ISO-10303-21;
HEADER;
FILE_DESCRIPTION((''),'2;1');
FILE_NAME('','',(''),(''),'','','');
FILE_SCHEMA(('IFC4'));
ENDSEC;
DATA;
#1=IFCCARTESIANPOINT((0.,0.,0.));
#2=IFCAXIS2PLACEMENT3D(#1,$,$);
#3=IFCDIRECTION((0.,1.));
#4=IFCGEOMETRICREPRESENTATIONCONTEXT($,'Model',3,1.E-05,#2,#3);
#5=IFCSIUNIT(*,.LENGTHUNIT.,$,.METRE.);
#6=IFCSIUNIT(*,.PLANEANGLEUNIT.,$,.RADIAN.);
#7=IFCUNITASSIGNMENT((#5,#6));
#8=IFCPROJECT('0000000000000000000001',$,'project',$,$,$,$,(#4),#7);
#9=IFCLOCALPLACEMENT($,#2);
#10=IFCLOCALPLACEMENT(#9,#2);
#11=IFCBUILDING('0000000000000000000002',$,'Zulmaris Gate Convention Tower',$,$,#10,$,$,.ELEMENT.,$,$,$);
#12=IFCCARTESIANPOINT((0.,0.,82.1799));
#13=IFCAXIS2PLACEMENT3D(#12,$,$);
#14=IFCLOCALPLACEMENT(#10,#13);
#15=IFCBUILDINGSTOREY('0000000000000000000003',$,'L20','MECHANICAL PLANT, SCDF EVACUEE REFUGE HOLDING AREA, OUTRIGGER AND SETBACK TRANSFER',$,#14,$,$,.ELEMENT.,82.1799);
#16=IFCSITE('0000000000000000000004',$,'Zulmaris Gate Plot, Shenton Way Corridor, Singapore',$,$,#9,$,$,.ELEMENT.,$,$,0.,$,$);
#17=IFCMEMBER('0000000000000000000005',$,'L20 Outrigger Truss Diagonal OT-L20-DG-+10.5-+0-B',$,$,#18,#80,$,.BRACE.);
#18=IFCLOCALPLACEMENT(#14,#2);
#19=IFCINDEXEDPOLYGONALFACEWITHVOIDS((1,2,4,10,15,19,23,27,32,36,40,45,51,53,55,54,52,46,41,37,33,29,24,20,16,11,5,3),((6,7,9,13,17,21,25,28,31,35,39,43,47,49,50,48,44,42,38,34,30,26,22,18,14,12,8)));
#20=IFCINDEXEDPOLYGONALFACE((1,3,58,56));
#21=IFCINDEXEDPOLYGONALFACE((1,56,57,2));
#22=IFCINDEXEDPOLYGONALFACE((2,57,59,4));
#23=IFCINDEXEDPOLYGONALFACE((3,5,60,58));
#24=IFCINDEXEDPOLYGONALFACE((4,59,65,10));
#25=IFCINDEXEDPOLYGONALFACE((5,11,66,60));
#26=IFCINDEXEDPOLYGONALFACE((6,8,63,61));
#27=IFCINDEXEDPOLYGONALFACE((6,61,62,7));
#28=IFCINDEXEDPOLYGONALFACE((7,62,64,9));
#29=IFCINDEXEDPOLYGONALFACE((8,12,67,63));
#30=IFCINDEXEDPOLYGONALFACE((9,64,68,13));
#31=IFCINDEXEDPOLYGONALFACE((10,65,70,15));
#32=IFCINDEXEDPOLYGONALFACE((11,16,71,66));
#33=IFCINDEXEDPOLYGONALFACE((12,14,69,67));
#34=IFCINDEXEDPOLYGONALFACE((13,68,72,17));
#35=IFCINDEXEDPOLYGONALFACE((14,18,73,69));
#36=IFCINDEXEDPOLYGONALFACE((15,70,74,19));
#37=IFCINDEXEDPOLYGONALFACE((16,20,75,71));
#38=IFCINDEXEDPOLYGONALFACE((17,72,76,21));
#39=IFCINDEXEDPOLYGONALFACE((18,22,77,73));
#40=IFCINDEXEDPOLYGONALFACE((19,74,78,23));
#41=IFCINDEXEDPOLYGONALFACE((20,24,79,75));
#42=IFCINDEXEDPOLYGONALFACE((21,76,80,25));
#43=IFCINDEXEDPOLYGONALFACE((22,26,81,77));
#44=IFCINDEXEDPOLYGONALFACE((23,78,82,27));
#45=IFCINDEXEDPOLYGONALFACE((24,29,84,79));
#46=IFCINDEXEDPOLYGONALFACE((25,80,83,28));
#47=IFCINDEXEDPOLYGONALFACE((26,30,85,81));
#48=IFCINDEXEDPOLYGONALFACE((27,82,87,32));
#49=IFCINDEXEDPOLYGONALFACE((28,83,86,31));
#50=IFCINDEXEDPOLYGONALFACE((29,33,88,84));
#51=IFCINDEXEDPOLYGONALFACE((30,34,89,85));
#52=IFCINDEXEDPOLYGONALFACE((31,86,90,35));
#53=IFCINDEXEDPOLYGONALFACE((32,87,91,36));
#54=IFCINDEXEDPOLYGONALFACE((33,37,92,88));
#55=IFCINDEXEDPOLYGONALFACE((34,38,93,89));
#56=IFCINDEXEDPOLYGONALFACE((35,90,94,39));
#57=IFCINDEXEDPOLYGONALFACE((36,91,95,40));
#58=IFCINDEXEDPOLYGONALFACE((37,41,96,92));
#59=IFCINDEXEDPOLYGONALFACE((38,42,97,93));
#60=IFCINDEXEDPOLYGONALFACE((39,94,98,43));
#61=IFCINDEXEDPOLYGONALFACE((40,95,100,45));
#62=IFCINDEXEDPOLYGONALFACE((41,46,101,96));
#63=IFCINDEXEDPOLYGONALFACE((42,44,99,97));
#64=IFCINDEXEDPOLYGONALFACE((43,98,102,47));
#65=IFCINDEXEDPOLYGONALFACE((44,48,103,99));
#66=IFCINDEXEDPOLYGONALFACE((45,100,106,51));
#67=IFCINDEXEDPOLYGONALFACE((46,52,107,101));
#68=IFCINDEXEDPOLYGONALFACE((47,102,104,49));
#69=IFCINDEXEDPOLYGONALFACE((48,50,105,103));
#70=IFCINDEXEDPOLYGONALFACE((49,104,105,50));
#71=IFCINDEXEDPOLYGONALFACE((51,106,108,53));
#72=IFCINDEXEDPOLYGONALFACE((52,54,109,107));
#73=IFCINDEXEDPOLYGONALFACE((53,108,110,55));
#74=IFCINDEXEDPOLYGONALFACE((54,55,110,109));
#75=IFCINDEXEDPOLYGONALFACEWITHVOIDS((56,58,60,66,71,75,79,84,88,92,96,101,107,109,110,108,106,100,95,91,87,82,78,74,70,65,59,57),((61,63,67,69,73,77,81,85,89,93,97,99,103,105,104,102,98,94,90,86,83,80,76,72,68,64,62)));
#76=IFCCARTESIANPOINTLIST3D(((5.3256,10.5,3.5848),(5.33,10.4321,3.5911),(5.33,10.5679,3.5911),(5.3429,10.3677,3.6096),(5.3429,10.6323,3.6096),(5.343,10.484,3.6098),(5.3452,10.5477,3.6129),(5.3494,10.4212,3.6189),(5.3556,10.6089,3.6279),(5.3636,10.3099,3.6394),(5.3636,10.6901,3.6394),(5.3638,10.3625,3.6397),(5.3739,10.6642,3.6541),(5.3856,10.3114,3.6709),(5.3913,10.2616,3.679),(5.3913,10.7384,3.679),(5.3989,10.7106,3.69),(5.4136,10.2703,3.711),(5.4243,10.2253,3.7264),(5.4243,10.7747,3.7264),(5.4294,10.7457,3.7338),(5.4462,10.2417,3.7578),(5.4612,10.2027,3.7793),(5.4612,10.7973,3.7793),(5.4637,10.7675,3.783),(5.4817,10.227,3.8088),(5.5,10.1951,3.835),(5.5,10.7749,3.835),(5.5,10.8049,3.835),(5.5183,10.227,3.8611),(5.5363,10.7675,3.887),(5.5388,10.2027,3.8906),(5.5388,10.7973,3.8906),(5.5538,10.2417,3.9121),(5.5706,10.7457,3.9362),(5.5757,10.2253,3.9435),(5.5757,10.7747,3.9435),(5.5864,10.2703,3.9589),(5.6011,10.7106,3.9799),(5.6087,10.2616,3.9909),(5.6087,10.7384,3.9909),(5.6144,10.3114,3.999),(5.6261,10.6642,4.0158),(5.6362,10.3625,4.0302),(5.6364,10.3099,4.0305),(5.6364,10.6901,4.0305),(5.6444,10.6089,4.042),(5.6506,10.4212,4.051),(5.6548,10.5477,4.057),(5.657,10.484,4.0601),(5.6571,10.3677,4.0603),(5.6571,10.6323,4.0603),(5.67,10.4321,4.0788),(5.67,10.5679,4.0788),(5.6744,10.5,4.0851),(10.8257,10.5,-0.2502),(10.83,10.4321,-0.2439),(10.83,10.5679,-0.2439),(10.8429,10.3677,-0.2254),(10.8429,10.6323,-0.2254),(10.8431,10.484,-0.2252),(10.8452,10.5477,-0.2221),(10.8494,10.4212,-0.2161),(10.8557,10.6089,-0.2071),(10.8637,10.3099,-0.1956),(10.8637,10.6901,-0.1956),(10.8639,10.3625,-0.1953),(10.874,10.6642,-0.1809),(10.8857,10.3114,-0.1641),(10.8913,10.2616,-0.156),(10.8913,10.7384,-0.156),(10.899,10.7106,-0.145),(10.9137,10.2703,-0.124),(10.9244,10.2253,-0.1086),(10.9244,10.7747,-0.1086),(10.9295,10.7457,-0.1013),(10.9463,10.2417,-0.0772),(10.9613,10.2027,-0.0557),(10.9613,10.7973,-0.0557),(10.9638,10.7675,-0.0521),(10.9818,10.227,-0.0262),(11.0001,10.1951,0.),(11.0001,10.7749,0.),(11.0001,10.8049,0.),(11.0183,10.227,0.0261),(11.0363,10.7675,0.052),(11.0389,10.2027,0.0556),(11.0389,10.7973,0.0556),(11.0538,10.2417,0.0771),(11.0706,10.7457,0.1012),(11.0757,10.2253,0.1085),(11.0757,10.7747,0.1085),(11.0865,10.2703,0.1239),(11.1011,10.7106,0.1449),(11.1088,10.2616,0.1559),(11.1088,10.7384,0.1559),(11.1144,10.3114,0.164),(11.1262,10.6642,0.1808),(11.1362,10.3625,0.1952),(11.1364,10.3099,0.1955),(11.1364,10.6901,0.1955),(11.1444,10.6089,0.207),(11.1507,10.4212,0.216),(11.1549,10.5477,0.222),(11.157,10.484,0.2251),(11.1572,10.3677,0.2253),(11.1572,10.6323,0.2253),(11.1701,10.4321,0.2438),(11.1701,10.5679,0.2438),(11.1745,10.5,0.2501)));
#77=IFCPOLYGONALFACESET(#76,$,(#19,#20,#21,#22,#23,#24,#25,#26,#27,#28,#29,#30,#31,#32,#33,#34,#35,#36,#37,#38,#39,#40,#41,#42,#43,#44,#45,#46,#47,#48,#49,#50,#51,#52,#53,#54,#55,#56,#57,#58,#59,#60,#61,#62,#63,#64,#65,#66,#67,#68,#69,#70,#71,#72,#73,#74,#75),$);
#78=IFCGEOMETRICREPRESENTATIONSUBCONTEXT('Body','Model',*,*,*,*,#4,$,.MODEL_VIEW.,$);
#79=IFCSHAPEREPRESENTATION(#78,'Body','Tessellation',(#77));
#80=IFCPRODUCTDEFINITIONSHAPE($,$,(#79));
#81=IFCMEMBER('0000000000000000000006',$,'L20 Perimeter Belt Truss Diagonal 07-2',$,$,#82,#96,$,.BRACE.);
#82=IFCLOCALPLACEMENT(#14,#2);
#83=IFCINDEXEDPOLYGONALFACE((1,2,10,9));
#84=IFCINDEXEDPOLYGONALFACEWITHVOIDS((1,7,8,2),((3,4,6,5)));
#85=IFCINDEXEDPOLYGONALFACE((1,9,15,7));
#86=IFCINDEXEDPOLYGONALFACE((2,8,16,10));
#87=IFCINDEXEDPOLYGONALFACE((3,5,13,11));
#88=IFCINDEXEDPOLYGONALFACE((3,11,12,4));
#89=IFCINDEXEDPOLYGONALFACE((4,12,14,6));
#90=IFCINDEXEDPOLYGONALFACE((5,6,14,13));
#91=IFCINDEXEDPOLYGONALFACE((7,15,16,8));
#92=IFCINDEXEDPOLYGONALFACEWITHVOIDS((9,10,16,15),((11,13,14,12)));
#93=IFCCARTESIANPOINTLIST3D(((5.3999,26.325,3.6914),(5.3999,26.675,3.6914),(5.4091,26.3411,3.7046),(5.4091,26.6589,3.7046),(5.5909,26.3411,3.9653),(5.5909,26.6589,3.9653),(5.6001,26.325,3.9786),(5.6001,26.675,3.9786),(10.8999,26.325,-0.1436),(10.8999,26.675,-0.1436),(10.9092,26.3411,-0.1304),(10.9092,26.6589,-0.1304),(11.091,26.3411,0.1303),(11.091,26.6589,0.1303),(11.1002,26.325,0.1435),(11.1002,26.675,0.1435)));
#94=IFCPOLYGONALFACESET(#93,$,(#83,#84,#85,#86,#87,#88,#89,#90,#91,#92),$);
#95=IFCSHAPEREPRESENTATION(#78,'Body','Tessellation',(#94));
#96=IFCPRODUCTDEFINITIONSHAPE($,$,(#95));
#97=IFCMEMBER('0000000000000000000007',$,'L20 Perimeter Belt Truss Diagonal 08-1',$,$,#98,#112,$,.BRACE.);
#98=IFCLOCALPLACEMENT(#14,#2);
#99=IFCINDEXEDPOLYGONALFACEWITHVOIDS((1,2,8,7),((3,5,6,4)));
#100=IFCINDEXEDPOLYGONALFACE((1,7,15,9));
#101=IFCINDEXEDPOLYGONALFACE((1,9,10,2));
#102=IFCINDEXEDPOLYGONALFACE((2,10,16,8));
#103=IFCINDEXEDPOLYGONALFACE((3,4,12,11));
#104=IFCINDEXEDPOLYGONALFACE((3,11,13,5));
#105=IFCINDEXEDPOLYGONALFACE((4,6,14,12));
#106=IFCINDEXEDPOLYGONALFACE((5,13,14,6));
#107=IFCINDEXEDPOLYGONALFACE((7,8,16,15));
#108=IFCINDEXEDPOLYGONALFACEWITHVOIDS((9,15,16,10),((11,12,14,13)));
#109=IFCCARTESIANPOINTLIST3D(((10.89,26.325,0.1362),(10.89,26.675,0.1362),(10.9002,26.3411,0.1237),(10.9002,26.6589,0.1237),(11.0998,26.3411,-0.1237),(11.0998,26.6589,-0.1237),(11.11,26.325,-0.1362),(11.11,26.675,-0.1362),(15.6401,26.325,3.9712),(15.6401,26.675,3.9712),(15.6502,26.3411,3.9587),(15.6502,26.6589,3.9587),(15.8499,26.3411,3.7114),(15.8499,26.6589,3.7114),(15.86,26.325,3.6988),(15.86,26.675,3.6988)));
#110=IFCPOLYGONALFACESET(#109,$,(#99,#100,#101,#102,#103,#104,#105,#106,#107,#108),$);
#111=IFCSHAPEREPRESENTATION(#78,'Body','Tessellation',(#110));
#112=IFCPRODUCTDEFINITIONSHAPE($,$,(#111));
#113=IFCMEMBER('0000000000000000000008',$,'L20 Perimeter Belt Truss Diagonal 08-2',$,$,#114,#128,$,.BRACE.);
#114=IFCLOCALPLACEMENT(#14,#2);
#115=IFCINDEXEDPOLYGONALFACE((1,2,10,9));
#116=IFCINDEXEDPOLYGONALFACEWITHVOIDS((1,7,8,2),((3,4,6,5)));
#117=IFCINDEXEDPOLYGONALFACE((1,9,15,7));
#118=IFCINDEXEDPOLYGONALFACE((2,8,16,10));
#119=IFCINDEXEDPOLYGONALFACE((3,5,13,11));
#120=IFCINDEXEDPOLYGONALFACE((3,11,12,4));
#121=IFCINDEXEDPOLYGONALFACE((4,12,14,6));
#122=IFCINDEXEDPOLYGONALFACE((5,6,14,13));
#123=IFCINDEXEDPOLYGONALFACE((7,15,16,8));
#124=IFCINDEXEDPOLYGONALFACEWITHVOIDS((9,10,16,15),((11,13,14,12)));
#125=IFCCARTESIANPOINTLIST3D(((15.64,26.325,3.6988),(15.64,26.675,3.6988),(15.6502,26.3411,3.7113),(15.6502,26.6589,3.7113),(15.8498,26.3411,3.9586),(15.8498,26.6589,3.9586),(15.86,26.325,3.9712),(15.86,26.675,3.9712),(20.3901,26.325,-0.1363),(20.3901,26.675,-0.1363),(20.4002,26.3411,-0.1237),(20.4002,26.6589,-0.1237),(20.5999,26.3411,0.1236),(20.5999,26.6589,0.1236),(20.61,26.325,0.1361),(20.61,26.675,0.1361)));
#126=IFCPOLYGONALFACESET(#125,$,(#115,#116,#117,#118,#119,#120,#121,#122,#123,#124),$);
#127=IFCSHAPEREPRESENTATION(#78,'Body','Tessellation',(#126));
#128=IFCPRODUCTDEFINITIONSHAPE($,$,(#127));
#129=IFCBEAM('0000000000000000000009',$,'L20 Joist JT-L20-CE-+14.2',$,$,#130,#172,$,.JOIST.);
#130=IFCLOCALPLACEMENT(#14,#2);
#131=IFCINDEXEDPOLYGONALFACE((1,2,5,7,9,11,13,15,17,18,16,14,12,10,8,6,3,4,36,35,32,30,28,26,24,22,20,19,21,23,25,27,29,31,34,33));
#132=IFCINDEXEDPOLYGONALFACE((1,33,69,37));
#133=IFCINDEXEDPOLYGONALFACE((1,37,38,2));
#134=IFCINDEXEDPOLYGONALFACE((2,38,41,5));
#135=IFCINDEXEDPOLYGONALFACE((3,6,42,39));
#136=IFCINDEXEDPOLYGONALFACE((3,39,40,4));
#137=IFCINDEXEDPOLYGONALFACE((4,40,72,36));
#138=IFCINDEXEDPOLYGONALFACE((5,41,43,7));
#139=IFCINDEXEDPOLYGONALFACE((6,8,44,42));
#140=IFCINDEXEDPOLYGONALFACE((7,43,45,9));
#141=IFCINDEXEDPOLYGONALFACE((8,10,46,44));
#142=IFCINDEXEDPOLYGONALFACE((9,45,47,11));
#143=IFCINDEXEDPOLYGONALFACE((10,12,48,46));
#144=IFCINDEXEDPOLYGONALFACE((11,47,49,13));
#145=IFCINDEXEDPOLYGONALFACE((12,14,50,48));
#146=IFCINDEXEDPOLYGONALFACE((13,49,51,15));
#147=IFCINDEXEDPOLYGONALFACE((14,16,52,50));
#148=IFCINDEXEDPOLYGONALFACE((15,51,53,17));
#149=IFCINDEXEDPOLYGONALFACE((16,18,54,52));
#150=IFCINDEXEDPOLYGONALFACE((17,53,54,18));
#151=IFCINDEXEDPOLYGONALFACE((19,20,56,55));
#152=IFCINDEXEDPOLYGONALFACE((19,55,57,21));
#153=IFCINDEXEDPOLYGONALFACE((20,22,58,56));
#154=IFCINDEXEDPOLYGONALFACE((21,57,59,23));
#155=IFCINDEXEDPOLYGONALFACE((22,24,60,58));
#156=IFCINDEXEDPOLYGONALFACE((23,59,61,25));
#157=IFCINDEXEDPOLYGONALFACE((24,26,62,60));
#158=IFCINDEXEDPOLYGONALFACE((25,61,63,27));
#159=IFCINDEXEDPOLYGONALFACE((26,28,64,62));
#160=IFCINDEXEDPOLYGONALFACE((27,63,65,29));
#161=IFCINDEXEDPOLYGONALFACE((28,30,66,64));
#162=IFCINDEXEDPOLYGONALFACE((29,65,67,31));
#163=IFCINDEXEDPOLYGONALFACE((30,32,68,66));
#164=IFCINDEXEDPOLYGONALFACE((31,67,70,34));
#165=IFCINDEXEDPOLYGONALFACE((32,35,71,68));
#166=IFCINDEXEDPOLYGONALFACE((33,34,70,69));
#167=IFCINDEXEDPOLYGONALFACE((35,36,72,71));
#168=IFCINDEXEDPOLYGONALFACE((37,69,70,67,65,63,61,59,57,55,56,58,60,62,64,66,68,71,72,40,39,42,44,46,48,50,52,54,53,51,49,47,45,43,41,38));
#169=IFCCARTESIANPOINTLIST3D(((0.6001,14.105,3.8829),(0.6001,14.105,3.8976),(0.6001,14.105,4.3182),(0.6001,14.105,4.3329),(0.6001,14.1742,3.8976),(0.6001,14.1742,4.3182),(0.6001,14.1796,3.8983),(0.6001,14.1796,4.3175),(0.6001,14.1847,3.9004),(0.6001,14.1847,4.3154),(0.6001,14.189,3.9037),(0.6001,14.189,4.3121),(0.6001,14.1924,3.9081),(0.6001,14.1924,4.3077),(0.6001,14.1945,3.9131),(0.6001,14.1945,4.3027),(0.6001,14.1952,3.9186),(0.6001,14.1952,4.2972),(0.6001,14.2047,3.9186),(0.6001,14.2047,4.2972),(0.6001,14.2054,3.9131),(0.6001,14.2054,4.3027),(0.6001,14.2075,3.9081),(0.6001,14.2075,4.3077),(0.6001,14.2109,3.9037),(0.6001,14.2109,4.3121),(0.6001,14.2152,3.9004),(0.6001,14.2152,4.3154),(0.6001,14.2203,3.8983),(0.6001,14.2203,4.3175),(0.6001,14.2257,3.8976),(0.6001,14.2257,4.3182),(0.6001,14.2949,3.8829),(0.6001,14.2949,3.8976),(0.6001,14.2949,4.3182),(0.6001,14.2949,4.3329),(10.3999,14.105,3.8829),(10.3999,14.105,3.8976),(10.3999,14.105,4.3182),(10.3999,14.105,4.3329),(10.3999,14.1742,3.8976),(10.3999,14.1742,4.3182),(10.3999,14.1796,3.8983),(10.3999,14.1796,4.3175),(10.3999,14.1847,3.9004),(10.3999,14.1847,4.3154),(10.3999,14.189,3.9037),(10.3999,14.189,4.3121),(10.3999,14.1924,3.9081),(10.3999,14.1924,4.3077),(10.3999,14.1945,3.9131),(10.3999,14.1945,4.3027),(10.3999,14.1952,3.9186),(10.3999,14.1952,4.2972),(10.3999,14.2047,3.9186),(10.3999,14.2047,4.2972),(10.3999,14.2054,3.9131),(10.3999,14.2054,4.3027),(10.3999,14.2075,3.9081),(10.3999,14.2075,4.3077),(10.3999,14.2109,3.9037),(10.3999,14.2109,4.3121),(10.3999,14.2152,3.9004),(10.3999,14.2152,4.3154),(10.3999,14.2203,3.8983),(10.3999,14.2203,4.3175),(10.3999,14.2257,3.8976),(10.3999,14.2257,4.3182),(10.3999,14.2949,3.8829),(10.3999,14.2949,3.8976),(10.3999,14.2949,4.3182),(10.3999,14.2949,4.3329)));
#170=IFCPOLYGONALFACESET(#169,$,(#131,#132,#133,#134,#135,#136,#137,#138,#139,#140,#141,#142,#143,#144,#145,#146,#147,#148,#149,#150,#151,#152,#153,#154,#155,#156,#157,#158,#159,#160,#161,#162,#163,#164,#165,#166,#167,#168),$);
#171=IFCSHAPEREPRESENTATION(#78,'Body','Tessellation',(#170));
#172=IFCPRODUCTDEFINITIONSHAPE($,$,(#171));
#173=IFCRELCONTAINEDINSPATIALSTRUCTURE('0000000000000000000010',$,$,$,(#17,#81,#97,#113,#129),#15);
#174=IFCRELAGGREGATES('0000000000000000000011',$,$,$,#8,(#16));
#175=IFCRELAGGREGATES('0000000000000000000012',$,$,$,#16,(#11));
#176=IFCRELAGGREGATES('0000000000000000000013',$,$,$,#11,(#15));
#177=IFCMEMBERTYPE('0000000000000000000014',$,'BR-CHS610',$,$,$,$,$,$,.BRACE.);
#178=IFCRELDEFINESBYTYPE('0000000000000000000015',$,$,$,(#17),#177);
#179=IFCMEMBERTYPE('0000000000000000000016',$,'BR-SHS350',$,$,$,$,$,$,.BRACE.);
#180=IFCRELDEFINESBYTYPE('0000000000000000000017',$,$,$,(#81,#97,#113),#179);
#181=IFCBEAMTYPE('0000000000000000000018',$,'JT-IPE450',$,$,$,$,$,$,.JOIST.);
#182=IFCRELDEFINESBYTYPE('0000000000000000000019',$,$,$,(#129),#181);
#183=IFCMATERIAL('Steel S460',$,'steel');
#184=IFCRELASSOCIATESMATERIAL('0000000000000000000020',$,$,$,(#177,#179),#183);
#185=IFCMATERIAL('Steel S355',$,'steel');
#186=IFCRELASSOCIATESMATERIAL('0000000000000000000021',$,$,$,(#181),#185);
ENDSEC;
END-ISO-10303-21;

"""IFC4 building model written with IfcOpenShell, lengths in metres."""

from ifc_helpers import new_model, si_unit, direction, frame, origin, origin_2d, place, context, subcontext, project, spatial, hollow_rectangle, hollow_circle, i_section, extrude, material, material_profile, profile_set, type_object, element, save


model = new_model("IFC4")

# Units and contexts
model_context = context("Model", 3, precision=1e-05, world=origin(), true_north=direction((0.0, 1.0)))
body_context = subcontext(model_context, "Body", "Model", "MODEL_VIEW")
ifc_project = project(units=[si_unit("LENGTHUNIT", "METRE"), si_unit("PLANEANGLEUNIT", "RADIAN")], contexts=[model_context])

# Site, building, storey
site_placement = place(None, origin())
site = spatial("IfcSite", under=ifc_project, at=site_placement, Name="Zulmaris Gate Plot, Shenton Way Corridor, Singapore", CompositionType="ELEMENT", RefElevation=0.0)
building_placement = place(site_placement, origin())
building = spatial("IfcBuilding", under=site, at=building_placement, Name="Zulmaris Gate Convention Tower", CompositionType="ELEMENT")
storey_placement = place(building_placement, frame((0.0, 0.0, 82.1799)))
storey = spatial("IfcBuildingStorey", under=building, at=storey_placement, Name="L20", Description="MECHANICAL PLANT, SCDF EVACUEE REFUGE HOLDING AREA, OUTRIGGER AND SETBACK TRANSFER", CompositionType="ELEMENT", Elevation=82.1799)

# Shared definitions
ifc_material_1 = material(Name="Steel S460", Category="steel")

# Members
ifc_material_profile_1 = material_profile(ifc_material_1, hollow_circle(Radius=0.3049, WallThickness=0.03, at=origin_2d()), Name="CHS 610x30")
ifc_profile_set_1 = profile_set([ifc_material_profile_1], Name="Steel S460")
member_type_1 = type_object("IfcMemberType", Name="BR-CHS610", PredefinedType="BRACE", material=ifc_profile_set_1)
member_1_placement = place(storey_placement, frame((5.5, 10.5, 3.835), z_axis=(0.820284, 0.0, -0.571956), x_axis=(0.0, 1.0, 0.0)))
element("IfcMember", 1, at=member_1_placement, inside=storey, type_object=member_type_1, Name="L20 Outrigger Truss Diagonal OT-L20-DG-+10.5-+0-B", PredefinedType="BRACE", context=body_context, shape_type="SweptSolid", body=[
    extrude(hollow_circle(Radius=0.3049, WallThickness=0.03, at=origin_2d()), origin(), (0.0, 0.0, 1.0), 6.7051),
])
ifc_material_profile_2 = material_profile(ifc_material_1, hollow_rectangle(XDim=0.3501, YDim=0.3501, WallThickness=0.0161, at=origin_2d()), Name="SHS 350x350x16")
ifc_profile_set_2 = profile_set([ifc_material_profile_2], Name="Steel S460")
member_type_2 = type_object("IfcMemberType", Name="BR-SHS350", PredefinedType="BRACE", material=ifc_profile_set_2)
member_2_placement = place(storey_placement, frame((5.5, 26.5, 3.835), z_axis=(0.820284, 0.0, -0.571956), x_axis=(0.0, 1.0, 0.0)))
element("IfcMember", 2, at=member_2_placement, inside=storey, type_object=member_type_2, Name="L20 Perimeter Belt Truss Diagonal 07-2", PredefinedType="BRACE", context=body_context, shape_type="SweptSolid", body=[
    extrude(hollow_rectangle(XDim=0.3501, YDim=0.3501, WallThickness=0.0161, at=origin_2d()), origin(), (0.0, 0.0, 1.0), 6.7051),
])
for number, where, z_axis, x_axis, name in (
    (3, (11.0, 26.5, 0.0), (0.778067, 0.0, 0.628181), (0.0, 1.0, 0.0), "L20 Perimeter Belt Truss Diagonal 08-1"),
    (4, (15.75, 26.5, 3.835), (0.778067, 0.0, -0.628181), (0.0, 1.0, 0.0), "L20 Perimeter Belt Truss Diagonal 08-2"),
):
    element("IfcMember", number, at=place(storey_placement, frame(where, z_axis=z_axis, x_axis=x_axis)), inside=storey, type_object=member_type_2, Name=name, PredefinedType="BRACE", context=body_context, shape_type="SweptSolid", body=[
        extrude(hollow_rectangle(XDim=0.3501, YDim=0.3501, WallThickness=0.0161, at=origin_2d()), origin(), (0.0, 0.0, 1.0), 6.105),
    ])

# Beam
ifc_material_2 = material(Name="Steel S355", Category="steel")
ifc_material_profile_3 = material_profile(ifc_material_2, i_section(OverallWidth=0.1899, OverallDepth=0.45, WebThickness=0.0095, FlangeThickness=0.0146, FilletRadius=0.021, at=origin_2d()), Name="IPE 450")
ifc_profile_set_3 = profile_set([ifc_material_profile_3], Name="Steel S355")
beam_type_1 = type_object("IfcBeamType", Name="JT-IPE450", PredefinedType="JOIST", material=ifc_profile_set_3)
for number, where, z_axis, x_axis, name in (
    (5, (0.6001, 14.2, 4.1079), (1.0, 0.0, 0.0), (0.0, 1.0, 0.0), "L20 Joist JT-L20-CE-+14.2"),
):
    element("IfcBeam", number, at=place(storey_placement, frame(where, z_axis=z_axis, x_axis=x_axis)), inside=storey, type_object=beam_type_1, Name=name, PredefinedType="JOIST", context=body_context, shape_type="SweptSolid", body=[
        extrude(i_section(OverallWidth=0.1899, OverallDepth=0.45, WebThickness=0.0095, FlangeThickness=0.0146, FilletRadius=0.021, at=origin_2d()), origin(), (0.0, 0.0, 1.0), 9.7998),
    ])

save(model, "model.ifc")
